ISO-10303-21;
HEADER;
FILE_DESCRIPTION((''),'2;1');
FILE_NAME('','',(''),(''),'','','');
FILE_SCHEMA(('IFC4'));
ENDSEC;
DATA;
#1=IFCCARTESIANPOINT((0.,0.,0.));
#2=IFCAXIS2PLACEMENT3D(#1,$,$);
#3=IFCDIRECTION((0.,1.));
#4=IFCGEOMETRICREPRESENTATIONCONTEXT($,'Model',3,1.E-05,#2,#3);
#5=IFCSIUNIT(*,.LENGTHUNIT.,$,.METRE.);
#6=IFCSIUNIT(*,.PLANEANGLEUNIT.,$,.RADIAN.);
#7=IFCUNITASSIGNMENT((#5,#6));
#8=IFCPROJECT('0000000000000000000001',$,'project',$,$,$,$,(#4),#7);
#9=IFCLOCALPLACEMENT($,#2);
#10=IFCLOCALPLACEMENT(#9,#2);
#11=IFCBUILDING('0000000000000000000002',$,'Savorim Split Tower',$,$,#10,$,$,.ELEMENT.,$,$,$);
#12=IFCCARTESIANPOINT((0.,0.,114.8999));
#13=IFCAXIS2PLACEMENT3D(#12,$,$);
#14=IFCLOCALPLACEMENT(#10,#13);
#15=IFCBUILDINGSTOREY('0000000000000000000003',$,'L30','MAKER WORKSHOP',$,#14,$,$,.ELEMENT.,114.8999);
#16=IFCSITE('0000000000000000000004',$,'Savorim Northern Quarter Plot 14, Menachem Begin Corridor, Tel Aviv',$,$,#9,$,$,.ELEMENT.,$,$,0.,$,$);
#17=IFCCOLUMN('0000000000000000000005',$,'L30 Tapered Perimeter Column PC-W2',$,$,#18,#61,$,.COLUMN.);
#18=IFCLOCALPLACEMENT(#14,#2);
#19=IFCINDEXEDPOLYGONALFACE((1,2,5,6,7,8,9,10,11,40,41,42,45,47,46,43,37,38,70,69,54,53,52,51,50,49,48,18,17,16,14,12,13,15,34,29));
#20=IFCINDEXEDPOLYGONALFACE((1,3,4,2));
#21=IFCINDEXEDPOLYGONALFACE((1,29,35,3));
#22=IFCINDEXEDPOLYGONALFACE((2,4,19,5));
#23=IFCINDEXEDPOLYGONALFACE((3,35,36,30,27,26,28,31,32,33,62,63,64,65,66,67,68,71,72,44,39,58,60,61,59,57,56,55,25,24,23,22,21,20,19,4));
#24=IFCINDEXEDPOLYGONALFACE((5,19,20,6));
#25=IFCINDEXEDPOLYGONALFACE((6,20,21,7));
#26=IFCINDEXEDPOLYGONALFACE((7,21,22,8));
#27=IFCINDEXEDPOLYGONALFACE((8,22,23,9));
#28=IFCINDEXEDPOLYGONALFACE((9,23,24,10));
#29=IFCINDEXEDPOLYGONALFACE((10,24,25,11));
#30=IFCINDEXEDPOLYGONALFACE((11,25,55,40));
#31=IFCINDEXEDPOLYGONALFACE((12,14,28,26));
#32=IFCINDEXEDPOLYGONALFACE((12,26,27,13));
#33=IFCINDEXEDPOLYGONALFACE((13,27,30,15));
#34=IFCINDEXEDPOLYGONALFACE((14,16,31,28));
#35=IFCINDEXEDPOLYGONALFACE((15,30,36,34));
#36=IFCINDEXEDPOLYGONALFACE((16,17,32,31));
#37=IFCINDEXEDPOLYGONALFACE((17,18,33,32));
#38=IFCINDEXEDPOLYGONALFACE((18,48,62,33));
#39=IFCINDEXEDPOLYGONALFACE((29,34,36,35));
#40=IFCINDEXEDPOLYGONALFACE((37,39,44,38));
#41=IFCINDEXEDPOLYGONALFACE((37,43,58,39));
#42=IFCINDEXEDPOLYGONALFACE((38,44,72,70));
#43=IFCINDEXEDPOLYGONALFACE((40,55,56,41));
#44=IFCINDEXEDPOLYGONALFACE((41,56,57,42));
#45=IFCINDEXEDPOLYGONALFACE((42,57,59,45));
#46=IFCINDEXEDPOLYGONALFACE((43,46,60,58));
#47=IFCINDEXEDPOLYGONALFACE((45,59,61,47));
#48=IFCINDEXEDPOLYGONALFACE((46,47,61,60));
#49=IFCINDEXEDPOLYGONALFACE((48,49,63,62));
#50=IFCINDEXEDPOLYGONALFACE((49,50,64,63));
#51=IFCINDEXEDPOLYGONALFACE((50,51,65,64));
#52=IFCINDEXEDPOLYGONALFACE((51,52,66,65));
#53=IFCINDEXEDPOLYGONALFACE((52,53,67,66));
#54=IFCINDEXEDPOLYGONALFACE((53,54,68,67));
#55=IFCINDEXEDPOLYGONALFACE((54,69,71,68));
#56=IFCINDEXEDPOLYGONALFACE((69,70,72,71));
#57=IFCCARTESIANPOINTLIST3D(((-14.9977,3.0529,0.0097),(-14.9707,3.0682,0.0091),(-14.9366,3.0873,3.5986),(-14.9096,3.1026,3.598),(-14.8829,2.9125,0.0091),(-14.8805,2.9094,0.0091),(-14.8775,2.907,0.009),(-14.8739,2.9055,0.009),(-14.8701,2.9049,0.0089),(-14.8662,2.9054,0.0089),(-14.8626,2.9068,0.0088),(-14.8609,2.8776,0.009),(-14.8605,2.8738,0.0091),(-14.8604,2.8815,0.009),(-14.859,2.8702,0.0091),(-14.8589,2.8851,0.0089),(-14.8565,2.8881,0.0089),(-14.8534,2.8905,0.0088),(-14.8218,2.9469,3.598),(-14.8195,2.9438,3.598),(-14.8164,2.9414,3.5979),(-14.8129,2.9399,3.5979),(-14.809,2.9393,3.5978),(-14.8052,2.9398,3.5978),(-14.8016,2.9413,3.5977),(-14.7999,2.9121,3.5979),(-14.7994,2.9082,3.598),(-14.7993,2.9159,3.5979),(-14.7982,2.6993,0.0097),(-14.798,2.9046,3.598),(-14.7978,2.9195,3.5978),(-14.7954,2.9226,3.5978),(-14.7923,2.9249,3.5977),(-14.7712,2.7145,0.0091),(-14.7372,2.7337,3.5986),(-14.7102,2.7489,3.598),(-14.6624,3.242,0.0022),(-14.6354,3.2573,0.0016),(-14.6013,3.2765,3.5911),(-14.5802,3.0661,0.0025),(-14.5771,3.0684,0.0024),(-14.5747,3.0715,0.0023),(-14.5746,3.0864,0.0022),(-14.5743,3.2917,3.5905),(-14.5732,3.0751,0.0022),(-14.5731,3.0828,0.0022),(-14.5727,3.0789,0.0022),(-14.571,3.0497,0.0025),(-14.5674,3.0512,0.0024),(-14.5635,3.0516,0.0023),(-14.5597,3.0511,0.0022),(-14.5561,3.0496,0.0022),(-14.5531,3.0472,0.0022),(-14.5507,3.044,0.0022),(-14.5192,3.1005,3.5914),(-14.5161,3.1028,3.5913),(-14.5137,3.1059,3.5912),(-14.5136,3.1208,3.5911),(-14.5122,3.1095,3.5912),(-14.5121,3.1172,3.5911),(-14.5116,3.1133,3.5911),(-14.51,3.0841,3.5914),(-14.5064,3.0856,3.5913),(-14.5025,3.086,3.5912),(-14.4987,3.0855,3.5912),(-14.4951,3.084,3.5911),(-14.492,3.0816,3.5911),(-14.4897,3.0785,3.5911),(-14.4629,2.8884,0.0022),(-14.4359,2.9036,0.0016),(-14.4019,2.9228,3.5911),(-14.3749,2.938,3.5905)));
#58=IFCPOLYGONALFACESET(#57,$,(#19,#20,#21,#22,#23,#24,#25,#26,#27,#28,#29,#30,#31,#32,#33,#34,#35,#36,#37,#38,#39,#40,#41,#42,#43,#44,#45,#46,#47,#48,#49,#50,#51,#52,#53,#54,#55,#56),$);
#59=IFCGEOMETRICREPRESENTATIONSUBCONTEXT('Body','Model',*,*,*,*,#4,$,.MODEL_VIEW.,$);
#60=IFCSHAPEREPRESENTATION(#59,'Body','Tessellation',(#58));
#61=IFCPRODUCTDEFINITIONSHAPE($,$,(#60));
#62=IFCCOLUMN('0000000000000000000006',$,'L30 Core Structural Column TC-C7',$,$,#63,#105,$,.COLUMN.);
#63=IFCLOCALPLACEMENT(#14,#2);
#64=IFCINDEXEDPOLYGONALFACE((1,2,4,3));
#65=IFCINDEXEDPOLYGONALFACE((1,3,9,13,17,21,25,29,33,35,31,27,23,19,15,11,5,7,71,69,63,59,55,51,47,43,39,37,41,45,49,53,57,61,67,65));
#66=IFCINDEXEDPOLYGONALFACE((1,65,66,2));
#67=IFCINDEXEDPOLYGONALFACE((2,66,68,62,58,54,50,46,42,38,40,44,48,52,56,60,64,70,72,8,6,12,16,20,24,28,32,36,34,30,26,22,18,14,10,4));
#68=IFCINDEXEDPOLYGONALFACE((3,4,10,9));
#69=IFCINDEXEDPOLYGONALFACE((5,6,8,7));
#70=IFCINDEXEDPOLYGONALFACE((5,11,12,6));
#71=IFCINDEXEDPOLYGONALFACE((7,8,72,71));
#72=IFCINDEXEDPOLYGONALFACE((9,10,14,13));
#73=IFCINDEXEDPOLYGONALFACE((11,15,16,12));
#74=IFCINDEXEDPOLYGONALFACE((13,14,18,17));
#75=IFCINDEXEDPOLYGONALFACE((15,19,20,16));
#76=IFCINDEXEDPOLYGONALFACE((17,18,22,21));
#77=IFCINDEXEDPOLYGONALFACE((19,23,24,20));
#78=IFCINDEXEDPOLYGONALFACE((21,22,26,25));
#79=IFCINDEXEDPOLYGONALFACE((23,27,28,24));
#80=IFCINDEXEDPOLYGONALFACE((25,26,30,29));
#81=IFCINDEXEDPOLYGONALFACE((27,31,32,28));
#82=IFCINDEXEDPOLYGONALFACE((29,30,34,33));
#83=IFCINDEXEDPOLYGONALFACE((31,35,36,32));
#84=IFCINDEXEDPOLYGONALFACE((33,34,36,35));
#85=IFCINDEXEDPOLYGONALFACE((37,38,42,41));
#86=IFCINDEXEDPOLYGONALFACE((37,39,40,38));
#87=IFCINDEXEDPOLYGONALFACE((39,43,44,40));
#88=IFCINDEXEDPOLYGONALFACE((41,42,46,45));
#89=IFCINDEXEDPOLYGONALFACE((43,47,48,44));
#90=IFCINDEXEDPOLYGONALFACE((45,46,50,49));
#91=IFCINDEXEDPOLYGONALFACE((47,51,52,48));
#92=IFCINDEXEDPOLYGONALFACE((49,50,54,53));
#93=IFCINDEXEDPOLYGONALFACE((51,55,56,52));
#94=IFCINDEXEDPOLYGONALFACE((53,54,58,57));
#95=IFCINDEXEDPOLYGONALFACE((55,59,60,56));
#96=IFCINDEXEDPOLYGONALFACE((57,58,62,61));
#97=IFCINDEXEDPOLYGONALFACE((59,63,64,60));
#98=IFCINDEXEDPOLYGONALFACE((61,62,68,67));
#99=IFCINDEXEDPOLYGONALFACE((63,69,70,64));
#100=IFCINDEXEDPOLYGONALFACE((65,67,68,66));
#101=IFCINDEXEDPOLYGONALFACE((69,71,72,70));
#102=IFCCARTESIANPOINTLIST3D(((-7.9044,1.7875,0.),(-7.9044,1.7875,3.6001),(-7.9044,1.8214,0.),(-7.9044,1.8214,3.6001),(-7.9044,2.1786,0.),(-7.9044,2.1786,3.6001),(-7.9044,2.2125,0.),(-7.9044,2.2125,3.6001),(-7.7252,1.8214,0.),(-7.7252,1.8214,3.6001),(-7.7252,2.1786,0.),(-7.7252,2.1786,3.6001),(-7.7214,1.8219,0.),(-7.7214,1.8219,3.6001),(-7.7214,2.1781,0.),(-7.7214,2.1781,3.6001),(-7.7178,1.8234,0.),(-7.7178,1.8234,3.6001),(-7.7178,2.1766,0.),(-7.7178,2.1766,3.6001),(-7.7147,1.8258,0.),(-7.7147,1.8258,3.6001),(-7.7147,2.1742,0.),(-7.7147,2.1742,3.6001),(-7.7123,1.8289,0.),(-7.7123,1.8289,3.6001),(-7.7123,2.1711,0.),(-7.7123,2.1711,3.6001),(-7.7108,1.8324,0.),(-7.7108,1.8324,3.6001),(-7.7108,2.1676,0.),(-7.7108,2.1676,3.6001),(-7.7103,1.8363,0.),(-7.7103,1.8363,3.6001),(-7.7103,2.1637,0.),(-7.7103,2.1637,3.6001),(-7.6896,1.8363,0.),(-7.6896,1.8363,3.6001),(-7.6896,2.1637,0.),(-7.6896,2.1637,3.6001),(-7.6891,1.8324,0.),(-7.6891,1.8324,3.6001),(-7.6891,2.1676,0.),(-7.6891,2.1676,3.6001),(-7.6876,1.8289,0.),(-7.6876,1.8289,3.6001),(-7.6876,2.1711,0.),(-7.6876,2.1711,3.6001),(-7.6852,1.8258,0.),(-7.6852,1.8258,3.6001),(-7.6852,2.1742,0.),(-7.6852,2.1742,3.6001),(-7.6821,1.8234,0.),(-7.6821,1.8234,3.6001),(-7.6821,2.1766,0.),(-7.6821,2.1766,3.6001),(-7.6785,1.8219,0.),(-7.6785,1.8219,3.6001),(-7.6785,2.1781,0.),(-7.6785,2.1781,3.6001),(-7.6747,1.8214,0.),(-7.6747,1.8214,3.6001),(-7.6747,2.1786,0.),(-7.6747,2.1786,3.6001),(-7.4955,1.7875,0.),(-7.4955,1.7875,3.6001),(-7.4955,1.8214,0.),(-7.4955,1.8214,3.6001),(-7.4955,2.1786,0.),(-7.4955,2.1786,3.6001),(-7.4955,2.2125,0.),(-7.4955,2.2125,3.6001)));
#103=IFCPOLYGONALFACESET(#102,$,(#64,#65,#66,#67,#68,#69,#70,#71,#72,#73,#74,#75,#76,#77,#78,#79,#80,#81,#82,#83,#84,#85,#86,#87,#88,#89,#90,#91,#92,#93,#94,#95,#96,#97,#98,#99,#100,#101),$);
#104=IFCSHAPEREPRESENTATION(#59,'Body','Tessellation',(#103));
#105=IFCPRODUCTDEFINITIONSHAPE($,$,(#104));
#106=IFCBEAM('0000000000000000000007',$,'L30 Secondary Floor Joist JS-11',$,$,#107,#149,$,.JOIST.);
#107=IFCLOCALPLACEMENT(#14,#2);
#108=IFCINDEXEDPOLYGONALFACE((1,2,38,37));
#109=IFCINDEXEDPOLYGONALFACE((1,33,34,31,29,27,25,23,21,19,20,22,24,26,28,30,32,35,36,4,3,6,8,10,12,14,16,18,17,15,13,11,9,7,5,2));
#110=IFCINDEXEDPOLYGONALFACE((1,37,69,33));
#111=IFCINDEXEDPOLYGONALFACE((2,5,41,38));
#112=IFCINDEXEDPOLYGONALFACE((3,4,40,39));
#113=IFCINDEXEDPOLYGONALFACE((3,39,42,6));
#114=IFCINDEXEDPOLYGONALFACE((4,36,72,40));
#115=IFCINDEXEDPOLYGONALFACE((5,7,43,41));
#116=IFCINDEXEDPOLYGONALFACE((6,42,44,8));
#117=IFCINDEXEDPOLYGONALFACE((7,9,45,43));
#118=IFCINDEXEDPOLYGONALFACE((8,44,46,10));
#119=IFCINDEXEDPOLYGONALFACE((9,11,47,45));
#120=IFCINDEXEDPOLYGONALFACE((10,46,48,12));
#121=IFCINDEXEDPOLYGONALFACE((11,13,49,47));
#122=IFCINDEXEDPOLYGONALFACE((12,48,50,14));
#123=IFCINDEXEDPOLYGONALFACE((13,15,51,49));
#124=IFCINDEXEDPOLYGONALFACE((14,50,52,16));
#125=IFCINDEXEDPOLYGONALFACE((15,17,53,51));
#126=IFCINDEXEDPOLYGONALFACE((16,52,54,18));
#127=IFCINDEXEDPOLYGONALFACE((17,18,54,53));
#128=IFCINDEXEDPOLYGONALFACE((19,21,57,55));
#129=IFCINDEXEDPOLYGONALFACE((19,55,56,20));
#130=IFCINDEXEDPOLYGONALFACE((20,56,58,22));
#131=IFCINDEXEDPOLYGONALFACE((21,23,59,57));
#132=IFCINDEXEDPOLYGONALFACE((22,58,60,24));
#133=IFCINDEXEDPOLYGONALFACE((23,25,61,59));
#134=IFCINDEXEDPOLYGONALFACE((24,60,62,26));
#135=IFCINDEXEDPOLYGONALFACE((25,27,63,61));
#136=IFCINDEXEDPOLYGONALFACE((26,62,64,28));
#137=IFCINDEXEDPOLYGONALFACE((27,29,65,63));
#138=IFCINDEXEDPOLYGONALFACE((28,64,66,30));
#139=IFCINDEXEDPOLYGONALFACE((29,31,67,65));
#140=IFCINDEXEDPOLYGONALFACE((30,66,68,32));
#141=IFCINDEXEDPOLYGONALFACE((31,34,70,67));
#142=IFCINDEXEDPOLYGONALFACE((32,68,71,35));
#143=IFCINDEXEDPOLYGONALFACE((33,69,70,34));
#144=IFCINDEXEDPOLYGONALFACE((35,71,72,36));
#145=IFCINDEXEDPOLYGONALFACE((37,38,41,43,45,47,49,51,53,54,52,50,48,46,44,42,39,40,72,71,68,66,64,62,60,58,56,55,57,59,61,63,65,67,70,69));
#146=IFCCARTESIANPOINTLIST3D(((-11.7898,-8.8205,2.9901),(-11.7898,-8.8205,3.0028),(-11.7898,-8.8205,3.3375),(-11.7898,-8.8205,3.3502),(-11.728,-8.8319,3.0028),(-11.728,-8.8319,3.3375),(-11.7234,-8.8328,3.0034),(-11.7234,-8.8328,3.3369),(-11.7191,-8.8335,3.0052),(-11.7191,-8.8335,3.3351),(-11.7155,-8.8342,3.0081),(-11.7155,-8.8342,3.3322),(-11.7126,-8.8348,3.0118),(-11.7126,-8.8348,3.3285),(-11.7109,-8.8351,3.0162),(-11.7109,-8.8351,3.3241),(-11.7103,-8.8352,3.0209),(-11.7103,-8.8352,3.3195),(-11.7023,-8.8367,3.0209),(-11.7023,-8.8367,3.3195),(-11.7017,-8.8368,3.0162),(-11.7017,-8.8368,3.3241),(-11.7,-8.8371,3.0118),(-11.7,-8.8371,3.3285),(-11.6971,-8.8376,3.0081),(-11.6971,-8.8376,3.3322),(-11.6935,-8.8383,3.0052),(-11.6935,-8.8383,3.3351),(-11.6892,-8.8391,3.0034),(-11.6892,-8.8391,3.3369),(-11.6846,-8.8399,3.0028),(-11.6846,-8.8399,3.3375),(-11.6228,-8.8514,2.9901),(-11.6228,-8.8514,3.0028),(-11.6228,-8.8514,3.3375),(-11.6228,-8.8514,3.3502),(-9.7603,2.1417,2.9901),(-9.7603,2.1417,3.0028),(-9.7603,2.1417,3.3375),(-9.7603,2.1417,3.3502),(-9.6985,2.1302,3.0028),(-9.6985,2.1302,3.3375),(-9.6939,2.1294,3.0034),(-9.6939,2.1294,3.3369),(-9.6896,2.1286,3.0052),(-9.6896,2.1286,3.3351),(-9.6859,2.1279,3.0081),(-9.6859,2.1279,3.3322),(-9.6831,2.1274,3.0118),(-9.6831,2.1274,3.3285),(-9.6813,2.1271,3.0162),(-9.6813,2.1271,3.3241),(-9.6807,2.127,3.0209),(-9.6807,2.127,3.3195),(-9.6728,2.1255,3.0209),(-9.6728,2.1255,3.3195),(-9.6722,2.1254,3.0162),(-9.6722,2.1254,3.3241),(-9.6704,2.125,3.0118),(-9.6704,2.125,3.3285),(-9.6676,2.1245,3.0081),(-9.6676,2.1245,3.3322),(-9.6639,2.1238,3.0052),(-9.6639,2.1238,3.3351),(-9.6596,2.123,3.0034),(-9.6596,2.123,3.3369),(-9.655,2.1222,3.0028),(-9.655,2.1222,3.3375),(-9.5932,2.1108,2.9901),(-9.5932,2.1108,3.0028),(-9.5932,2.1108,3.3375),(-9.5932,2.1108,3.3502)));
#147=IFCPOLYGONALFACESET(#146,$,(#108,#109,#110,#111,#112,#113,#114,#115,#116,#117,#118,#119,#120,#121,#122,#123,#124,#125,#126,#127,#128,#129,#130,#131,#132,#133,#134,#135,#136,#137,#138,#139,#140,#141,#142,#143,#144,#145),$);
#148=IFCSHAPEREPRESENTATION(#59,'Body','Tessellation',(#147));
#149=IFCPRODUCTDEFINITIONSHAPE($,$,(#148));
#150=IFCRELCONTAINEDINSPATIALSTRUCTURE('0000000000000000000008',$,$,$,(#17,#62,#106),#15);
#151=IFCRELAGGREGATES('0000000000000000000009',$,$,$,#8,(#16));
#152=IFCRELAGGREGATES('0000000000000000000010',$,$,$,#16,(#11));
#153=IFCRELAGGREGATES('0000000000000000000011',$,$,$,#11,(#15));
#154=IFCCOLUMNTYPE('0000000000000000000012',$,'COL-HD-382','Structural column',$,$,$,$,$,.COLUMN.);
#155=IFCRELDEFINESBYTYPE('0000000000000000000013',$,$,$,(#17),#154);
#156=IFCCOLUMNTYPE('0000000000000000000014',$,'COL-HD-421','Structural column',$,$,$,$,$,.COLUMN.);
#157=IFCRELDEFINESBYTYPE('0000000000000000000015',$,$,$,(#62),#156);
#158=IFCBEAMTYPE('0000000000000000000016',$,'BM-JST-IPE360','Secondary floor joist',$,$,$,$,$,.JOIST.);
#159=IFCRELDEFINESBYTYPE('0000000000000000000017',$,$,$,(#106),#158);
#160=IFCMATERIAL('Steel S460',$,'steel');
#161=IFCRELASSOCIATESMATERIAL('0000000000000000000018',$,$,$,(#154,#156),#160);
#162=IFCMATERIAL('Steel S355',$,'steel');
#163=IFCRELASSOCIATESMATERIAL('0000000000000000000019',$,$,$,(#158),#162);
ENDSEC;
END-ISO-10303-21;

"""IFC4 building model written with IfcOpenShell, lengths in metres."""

from ifc_helpers import new_model, si_unit, direction, frame, origin, origin_2d, place, context, subcontext, project, spatial, i_section, extrude, material, material_profile, profile_set, type_object, element, save


model = new_model("IFC4")

# Units and contexts
model_context = context("Model", 3, precision=1e-05, world=origin(), true_north=direction((0.0, 1.0)))
body_context = subcontext(model_context, "Body", "Model", "MODEL_VIEW")
ifc_project = project(units=[si_unit("LENGTHUNIT", "METRE"), si_unit("PLANEANGLEUNIT", "RADIAN")], contexts=[model_context])

# Site, building, storey
site_placement = place(None, origin())
site = spatial("IfcSite", under=ifc_project, at=site_placement, Name="Savorim Northern Quarter Plot 14, Menachem Begin Corridor, Tel Aviv", CompositionType="ELEMENT", RefElevation=0.0)
building_placement = place(site_placement, origin())
building = spatial("IfcBuilding", under=site, at=building_placement, Name="Savorim Split Tower", CompositionType="ELEMENT")
storey_placement = place(building_placement, frame((0.0, 0.0, 114.8999)))
storey = spatial("IfcBuildingStorey", under=building, at=storey_placement, Name="L30", Description="MAKER WORKSHOP", CompositionType="ELEMENT", Elevation=114.8999)

# Columns
ifc_material_1 = material(Name="Steel S460", Category="steel")
ifc_material_profile_1 = material_profile(ifc_material_1, i_section(OverallWidth=0.406, OverallDepth=0.416, WebThickness=0.0188, FlangeThickness=0.031, FilletRadius=0.0149, at=origin_2d()), Name="HD 400x382")
ifc_profile_set_1 = profile_set([ifc_material_profile_1], Name="Steel S460")
column_type_1 = type_object("IfcColumnType", Name="COL-HD-382", Description="Structural column", PredefinedType="COLUMN", material=ifc_profile_set_1)
column_1_placement = place(storey_placement, frame((-14.7168, 2.9783, 0.0056), z_axis=(0.017004, 0.00959, 0.999809), x_axis=(-0.491253, 0.871017, 0.0)))
element("IfcColumn", 1, at=column_1_placement, inside=storey, type_object=column_type_1, Name="L30 Tapered Perimeter Column PC-W2", PredefinedType="COLUMN", context=body_context, shape_type="SweptSolid", body=[
    extrude(i_section(OverallWidth=0.406, OverallDepth=0.416, WebThickness=0.0188, FlangeThickness=0.031, FilletRadius=0.0149, at=origin_2d()), origin(), (0.0, 0.0, 1.0), 3.5896),
])
ifc_material_profile_2 = material_profile(ifc_material_1, i_section(OverallWidth=0.4089, OverallDepth=0.425, WebThickness=0.0208, FlangeThickness=0.0339, FilletRadius=0.0149, at=origin_2d()), Name="HD 400x421")
ifc_profile_set_2 = profile_set([ifc_material_profile_2], Name="Steel S460")
column_type_2 = type_object("IfcColumnType", Name="COL-HD-421", Description="Structural column", PredefinedType="COLUMN", material=ifc_profile_set_2)
column_2_placement = place(storey_placement, frame((-7.7, 2.0, 0.0), z_axis=(0.0, 0.0, 1.0), x_axis=(1.0, 0.0, 0.0)))
element("IfcColumn", 2, at=column_2_placement, inside=storey, type_object=column_type_2, Name="L30 Core Structural Column TC-C7", PredefinedType="COLUMN", context=body_context, shape_type="SweptSolid", body=[
    extrude(i_section(OverallWidth=0.4089, OverallDepth=0.425, WebThickness=0.0208, FlangeThickness=0.0339, FilletRadius=0.0149, at=origin_2d()), origin(), (0.0, 0.0, 1.0), 3.6001),
])

# Beam
ifc_material_2 = material(Name="Steel S355", Category="steel")
ifc_material_profile_3 = material_profile(ifc_material_2, i_section(OverallWidth=0.1699, OverallDepth=0.3601, WebThickness=0.0081, FlangeThickness=0.0127, FilletRadius=0.0181, at=origin_2d()), Name="IPE 360")
ifc_profile_set_3 = profile_set([ifc_material_profile_3], Name="Steel S355")
beam_type_1 = type_object("IfcBeamType", Name="BM-JST-IPE360", Description="Secondary floor joist", PredefinedType="JOIST", material=ifc_profile_set_3)
beam_1_placement = place(storey_placement, frame((-9.6768, 2.1262, 3.1702), z_axis=(-0.182047, -0.98329, 0.0), x_axis=(0.98329, -0.182047, 0.0)))
element("IfcBeam", 3, at=beam_1_placement, inside=storey, type_object=beam_type_1, Name="L30 Secondary Floor Joist JS-11", PredefinedType="JOIST", context=body_context, shape_type="SweptSolid", body=[
    extrude(i_section(OverallWidth=0.1699, OverallDepth=0.3601, WebThickness=0.0081, FlangeThickness=0.0127, FilletRadius=0.0181, at=origin_2d()), origin(), (0.0, 0.0, 1.0), 11.1484),
])

save(model, "model.ifc")
